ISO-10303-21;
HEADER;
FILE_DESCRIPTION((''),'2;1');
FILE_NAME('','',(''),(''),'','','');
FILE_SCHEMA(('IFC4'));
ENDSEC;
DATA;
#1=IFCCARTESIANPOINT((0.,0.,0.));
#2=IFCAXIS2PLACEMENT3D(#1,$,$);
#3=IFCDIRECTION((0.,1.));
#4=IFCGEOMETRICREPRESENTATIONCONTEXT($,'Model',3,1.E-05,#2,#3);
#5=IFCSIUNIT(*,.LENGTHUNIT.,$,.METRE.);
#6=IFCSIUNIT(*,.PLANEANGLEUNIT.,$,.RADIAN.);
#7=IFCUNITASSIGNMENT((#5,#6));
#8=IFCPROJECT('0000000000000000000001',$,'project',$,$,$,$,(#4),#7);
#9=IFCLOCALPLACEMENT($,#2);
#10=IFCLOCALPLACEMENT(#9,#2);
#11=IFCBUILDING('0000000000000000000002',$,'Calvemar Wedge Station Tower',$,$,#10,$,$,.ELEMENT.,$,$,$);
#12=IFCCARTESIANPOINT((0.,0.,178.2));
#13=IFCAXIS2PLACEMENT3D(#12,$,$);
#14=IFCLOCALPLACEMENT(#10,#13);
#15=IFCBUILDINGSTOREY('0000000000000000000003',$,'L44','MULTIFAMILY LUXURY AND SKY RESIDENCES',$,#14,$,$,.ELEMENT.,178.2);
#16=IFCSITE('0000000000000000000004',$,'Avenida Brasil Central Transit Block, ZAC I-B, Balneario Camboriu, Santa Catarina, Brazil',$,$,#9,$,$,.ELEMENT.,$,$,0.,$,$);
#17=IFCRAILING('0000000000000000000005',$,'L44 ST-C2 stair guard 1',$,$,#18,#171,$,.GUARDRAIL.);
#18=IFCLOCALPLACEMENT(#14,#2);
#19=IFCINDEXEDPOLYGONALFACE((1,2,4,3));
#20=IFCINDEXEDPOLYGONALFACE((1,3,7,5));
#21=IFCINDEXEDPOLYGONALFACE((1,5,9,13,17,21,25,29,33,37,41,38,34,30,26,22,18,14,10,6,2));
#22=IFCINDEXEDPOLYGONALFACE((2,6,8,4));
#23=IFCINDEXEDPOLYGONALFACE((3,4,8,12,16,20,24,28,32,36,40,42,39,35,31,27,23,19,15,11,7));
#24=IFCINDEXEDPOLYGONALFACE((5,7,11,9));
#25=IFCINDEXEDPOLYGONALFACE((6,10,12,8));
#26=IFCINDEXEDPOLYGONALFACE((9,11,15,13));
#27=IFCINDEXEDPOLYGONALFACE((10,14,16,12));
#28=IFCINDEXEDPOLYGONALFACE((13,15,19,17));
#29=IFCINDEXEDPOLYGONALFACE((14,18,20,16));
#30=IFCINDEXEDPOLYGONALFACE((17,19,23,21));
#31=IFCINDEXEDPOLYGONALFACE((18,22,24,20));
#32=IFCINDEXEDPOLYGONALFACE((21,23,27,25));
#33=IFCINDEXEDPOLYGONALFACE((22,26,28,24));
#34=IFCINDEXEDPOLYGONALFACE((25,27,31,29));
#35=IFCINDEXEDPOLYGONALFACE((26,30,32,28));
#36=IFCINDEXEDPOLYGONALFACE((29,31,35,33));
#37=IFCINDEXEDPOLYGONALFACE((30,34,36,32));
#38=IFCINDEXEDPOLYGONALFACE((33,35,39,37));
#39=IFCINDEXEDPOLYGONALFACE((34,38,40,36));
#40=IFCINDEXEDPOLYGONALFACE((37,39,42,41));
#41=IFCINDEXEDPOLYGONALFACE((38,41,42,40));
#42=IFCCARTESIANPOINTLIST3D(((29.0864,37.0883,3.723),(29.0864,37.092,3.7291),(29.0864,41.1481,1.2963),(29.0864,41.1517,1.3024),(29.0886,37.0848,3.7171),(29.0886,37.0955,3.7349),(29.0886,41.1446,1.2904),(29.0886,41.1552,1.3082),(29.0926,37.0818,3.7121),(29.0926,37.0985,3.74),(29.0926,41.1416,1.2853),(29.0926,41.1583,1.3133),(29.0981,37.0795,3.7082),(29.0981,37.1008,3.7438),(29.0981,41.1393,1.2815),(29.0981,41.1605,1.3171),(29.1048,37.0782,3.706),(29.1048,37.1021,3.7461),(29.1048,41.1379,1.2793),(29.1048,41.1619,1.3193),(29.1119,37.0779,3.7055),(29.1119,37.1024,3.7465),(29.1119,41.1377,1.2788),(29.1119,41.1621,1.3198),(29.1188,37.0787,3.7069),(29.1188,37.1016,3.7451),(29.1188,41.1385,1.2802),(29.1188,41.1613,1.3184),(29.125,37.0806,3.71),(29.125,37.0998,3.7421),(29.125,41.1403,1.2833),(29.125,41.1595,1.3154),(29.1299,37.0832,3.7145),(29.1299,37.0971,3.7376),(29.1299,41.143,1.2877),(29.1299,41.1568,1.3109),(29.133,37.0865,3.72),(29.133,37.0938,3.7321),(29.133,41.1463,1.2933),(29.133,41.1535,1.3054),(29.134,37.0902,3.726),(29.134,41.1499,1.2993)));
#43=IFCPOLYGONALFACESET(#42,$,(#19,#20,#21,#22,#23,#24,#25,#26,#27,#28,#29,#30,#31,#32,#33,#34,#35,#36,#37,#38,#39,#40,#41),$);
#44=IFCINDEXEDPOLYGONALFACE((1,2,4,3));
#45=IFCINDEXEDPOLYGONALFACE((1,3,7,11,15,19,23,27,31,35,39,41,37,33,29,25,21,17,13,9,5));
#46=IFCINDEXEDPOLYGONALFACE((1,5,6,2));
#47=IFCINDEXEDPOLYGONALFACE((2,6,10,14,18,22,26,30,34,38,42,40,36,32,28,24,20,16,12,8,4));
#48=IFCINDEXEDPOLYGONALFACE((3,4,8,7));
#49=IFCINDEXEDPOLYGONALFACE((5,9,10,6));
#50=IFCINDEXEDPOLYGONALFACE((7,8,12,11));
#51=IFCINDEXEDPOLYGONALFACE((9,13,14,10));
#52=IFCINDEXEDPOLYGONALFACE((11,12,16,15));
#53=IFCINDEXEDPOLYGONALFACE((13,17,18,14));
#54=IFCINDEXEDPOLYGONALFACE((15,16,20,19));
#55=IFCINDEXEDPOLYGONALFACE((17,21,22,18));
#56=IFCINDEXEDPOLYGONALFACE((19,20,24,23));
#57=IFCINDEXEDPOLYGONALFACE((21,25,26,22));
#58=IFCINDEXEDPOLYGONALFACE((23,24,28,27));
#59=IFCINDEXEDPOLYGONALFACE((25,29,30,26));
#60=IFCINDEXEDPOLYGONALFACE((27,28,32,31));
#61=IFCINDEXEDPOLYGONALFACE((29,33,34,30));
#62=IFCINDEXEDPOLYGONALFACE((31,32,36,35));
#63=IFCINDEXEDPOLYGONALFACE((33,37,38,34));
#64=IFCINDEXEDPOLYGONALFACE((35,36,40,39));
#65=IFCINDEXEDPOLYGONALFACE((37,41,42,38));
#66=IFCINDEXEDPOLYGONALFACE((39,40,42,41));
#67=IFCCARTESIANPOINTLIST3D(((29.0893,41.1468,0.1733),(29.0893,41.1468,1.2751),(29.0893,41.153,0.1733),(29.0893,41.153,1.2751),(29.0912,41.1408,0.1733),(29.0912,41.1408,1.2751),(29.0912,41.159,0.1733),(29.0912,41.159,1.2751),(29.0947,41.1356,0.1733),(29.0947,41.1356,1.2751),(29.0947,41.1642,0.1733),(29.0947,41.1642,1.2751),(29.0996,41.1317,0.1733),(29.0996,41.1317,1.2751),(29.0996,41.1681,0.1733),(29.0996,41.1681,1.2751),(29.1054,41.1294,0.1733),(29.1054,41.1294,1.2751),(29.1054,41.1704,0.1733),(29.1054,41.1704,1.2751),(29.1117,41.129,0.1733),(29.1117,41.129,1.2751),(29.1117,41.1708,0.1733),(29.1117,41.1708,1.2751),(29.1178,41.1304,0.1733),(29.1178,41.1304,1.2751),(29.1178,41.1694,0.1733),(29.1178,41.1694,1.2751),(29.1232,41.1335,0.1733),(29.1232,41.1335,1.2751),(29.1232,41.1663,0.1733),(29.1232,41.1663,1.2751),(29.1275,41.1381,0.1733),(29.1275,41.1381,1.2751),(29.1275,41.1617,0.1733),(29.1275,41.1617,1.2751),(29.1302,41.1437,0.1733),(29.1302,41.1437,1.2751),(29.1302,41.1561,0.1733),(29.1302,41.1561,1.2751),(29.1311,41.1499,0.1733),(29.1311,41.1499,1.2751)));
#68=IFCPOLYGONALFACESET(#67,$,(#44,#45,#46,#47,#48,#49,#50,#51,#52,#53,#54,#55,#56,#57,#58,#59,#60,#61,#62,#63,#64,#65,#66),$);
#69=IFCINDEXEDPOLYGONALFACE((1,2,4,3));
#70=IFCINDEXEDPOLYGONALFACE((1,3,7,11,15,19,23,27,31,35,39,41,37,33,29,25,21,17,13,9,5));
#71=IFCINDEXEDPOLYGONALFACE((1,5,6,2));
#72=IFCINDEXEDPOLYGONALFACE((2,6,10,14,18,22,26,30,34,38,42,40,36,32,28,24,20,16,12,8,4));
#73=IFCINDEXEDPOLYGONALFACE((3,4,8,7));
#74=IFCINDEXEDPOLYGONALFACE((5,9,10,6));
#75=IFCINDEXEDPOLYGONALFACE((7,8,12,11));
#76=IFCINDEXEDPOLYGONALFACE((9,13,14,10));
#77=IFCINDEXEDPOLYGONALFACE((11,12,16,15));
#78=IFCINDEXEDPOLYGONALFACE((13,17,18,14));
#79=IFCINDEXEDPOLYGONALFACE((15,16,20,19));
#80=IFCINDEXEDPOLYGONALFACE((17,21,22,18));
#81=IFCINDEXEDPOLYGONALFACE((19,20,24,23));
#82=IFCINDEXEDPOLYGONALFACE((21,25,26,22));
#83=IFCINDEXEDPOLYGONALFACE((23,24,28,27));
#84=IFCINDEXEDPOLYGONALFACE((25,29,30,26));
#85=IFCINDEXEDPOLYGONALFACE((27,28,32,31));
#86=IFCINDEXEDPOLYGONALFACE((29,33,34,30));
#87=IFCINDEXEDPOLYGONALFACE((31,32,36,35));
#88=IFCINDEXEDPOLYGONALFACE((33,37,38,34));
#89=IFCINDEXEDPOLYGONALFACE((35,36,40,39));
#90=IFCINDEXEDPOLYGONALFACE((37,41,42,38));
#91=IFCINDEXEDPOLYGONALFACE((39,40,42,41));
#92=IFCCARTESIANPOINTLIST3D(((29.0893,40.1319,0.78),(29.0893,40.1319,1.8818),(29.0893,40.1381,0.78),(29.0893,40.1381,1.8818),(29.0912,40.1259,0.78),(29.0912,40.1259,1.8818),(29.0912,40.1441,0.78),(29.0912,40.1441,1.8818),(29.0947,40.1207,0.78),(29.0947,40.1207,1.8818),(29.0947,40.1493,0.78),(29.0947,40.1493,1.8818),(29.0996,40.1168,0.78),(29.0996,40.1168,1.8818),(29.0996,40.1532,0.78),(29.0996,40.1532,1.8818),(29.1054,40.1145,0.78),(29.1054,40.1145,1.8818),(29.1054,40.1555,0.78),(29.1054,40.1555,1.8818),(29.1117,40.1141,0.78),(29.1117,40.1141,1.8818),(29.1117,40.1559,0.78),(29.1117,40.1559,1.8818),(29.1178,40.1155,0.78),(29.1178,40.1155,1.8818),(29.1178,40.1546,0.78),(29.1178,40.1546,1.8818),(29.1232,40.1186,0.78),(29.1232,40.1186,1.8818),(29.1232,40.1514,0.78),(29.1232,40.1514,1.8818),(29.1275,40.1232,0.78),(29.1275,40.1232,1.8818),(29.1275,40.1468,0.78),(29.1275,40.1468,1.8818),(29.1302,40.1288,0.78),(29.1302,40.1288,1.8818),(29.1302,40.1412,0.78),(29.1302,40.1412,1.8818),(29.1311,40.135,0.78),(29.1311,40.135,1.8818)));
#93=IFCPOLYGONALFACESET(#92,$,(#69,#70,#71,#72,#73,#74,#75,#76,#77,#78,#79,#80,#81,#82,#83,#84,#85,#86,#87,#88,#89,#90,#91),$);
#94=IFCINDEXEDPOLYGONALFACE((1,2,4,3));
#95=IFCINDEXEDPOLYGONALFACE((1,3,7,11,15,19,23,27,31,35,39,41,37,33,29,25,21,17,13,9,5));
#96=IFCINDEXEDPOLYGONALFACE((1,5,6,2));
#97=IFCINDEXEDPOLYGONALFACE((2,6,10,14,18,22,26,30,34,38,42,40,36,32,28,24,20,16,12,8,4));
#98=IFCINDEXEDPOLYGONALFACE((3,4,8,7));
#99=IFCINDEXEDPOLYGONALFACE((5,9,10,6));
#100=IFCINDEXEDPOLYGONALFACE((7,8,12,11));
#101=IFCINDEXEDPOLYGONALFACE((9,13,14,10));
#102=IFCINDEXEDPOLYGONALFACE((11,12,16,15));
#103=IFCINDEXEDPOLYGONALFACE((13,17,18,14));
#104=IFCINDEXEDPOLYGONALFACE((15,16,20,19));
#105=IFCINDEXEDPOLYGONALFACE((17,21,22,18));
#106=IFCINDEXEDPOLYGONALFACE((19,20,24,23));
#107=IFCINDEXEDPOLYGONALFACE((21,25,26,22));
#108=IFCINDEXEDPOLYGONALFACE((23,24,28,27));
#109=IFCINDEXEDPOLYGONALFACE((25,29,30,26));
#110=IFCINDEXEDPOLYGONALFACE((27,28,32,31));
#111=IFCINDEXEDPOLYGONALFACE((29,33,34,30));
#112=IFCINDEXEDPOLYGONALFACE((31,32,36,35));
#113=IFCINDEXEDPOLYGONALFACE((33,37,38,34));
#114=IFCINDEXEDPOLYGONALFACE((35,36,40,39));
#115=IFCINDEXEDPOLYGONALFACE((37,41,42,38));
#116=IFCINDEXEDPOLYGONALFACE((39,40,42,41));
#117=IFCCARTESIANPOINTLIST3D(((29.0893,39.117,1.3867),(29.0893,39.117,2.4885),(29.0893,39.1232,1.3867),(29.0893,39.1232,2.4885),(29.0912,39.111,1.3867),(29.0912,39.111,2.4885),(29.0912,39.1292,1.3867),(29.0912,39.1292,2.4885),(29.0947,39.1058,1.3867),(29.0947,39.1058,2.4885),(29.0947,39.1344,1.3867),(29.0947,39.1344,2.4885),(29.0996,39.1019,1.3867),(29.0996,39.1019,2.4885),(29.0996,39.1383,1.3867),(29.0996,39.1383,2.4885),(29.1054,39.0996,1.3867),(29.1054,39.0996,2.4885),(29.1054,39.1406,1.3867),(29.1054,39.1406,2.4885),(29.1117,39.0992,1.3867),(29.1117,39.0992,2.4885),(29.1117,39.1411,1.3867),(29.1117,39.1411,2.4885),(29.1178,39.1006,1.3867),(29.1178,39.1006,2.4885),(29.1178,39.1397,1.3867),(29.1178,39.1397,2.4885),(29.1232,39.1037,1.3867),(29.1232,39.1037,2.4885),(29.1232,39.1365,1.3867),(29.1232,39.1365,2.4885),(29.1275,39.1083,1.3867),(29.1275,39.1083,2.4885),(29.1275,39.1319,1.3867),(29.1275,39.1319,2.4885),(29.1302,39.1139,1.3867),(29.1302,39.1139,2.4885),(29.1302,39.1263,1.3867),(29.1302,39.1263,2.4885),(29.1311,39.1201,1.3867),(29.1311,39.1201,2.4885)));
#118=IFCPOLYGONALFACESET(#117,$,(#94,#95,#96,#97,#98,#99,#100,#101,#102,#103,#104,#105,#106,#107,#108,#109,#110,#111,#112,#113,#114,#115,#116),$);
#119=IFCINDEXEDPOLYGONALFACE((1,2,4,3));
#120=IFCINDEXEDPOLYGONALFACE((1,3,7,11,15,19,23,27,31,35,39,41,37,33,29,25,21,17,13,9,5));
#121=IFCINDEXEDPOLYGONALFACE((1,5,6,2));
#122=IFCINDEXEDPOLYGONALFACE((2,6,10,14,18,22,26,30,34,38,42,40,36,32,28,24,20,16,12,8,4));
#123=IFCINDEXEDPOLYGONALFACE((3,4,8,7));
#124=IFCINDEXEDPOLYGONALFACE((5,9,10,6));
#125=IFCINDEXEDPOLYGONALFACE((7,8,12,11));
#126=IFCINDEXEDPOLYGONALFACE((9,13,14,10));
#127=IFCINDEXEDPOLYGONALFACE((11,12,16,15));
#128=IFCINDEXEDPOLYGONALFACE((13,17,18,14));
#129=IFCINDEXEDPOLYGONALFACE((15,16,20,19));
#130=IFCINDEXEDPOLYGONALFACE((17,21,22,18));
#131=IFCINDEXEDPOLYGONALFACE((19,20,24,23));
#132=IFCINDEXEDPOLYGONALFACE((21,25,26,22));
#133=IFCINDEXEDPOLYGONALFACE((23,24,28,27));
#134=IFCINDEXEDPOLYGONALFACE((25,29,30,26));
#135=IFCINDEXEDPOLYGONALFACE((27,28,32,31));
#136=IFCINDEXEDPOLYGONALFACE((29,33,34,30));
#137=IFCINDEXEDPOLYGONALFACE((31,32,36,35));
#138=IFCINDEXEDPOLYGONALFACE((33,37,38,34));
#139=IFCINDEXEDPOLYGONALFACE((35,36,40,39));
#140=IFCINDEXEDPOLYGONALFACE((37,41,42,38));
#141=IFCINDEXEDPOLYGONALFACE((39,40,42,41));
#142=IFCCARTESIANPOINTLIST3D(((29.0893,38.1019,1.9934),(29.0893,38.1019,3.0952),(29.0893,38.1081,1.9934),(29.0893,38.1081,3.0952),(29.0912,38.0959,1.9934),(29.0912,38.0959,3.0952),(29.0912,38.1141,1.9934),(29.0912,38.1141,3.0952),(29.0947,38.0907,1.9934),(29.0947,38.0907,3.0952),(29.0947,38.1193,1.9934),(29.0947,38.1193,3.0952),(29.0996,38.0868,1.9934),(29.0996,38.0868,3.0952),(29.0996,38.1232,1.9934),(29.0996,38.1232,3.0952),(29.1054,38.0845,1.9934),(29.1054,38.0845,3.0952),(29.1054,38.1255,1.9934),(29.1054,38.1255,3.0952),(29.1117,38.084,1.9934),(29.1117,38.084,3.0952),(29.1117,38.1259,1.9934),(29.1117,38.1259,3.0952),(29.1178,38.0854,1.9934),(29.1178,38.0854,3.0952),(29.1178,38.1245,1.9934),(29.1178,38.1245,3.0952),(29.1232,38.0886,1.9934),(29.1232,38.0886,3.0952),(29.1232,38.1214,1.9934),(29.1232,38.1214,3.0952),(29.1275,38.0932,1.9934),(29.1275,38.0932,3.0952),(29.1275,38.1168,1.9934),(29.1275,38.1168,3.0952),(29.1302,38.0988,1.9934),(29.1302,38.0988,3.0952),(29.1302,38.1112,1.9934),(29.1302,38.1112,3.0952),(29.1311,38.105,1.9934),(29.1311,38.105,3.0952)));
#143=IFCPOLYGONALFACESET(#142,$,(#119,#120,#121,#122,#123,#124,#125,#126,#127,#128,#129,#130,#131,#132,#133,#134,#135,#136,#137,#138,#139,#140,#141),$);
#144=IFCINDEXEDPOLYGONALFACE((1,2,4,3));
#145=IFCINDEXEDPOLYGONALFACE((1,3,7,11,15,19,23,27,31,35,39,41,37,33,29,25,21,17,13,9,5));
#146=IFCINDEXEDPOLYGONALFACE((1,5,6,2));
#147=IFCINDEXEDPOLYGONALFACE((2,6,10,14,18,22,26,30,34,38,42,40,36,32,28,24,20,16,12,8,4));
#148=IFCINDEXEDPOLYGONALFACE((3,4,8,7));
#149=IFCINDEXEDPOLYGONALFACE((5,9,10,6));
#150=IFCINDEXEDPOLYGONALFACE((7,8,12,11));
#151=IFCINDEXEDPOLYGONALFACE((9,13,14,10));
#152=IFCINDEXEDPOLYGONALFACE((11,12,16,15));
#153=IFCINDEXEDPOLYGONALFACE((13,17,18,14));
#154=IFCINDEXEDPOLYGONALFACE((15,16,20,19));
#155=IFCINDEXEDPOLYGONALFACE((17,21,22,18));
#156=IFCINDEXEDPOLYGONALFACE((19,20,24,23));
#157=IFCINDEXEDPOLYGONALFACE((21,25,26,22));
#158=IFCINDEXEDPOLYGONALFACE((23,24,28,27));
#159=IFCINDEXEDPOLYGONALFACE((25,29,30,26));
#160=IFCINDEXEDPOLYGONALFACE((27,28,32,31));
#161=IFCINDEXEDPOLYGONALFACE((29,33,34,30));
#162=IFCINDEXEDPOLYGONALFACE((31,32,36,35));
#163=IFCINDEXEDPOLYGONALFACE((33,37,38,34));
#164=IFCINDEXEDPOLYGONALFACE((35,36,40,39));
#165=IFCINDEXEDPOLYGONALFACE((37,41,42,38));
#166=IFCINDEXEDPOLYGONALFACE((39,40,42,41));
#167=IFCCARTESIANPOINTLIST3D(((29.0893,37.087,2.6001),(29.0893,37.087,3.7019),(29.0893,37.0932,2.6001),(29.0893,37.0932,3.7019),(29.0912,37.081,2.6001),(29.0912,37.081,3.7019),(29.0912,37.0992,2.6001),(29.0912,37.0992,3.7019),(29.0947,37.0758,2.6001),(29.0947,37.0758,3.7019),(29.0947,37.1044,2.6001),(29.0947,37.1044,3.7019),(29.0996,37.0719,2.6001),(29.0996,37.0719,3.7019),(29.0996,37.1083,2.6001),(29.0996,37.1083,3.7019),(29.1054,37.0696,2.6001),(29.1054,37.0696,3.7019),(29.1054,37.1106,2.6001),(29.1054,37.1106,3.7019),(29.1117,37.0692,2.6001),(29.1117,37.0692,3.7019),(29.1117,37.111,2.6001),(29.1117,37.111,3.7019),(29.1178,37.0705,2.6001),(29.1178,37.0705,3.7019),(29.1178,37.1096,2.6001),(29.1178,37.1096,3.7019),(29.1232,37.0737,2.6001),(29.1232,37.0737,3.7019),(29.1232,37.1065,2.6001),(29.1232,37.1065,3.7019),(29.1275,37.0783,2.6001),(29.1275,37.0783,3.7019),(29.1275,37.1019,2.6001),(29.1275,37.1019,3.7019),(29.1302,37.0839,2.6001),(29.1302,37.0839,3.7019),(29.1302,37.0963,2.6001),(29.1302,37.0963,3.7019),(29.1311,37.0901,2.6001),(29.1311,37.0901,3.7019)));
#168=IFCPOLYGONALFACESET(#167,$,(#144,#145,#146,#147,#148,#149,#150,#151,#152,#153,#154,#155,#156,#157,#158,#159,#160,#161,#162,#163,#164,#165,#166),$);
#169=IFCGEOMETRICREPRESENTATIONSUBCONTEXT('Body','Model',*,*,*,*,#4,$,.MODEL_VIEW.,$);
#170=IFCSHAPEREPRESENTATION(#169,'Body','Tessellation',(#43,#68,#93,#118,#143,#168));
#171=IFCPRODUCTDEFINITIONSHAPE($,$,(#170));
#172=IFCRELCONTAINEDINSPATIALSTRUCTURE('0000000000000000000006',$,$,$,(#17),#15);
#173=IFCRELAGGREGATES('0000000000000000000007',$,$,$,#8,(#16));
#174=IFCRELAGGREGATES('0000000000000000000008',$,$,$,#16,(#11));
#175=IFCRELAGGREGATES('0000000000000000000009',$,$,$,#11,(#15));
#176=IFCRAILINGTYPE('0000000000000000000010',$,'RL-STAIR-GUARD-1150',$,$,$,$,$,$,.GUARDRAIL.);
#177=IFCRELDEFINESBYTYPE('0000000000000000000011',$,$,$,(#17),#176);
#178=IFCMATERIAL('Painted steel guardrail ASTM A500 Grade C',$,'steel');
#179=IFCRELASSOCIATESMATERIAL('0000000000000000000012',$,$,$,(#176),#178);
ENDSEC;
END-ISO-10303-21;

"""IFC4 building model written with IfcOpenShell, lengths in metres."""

from ifc_helpers import new_model, si_unit, direction, frame, origin, origin_2d, place, context, subcontext, project, spatial, circle, extrude, material, type_object, element, save


model = new_model("IFC4")

# Units and contexts
model_context = context("Model", 3, precision=1e-05, world=origin(), true_north=direction((0.0, 1.0)))
body_context = subcontext(model_context, "Body", "Model", "MODEL_VIEW")
ifc_project = project(units=[si_unit("LENGTHUNIT", "METRE"), si_unit("PLANEANGLEUNIT", "RADIAN")], contexts=[model_context])

# Site, building, storey
site_placement = place(None, origin())
site = spatial("IfcSite", under=ifc_project, at=site_placement, Name="Avenida Brasil Central Transit Block, ZAC I-B, Balneario Camboriu, Santa Catarina, Brazil", CompositionType="ELEMENT", RefElevation=0.0)
building_placement = place(site_placement, origin())
building = spatial("IfcBuilding", under=site, at=building_placement, Name="Calvemar Wedge Station Tower", CompositionType="ELEMENT")
storey_placement = place(building_placement, frame((0.0, 0.0, 178.2)))
storey = spatial("IfcBuildingStorey", under=building, at=storey_placement, Name="L44", Description="MULTIFAMILY LUXURY AND SKY RESIDENCES", CompositionType="ELEMENT", Elevation=178.2)

# Railing
ifc_material_1 = material(Name="Painted steel guardrail ASTM A500 Grade C", Category="steel")
railing_type_1 = type_object("IfcRailingType", Name="RL-STAIR-GUARD-1150", PredefinedType="GUARDRAIL", material=ifc_material_1)
railing_1_placement = place(storey_placement, frame((29.1101, 41.1499, 0.1733)))
element("IfcRailing", 1, at=railing_1_placement, inside=storey, type_object=railing_type_1, Name="L44 ST-C2 stair guard 1", PredefinedType="GUARDRAIL", context=body_context, shape_type="SweptSolid", body=[
    extrude(circle(Radius=0.0239, at=origin_2d()), frame((0.0, 0.0, 1.126), z_axis=(0.0, -0.858343, 0.513076), x_axis=(1.0, 0.0, 0.0)), (0.0, 0.0, 1.0), 4.7297),
    extrude(circle(Radius=0.021, at=origin_2d()), origin(), (0.0, 0.0, 1.0), 1.1018),
    extrude(circle(Radius=0.021, at=origin_2d()), frame((0.0, -1.0149, 0.6067)), (0.0, 0.0, 1.0), 1.1018),
    extrude(circle(Radius=0.021, at=origin_2d()), frame((0.0, -2.0298, 1.2134)), (0.0, 0.0, 1.0), 1.1018),
    extrude(circle(Radius=0.021, at=origin_2d()), frame((0.0, -3.0449, 1.8201)), (0.0, 0.0, 1.0), 1.1018),
    extrude(circle(Radius=0.021, at=origin_2d()), frame((0.0, -4.0598, 2.4268)), (0.0, 0.0, 1.0), 1.1018),
])

save(model, "model.ifc")
